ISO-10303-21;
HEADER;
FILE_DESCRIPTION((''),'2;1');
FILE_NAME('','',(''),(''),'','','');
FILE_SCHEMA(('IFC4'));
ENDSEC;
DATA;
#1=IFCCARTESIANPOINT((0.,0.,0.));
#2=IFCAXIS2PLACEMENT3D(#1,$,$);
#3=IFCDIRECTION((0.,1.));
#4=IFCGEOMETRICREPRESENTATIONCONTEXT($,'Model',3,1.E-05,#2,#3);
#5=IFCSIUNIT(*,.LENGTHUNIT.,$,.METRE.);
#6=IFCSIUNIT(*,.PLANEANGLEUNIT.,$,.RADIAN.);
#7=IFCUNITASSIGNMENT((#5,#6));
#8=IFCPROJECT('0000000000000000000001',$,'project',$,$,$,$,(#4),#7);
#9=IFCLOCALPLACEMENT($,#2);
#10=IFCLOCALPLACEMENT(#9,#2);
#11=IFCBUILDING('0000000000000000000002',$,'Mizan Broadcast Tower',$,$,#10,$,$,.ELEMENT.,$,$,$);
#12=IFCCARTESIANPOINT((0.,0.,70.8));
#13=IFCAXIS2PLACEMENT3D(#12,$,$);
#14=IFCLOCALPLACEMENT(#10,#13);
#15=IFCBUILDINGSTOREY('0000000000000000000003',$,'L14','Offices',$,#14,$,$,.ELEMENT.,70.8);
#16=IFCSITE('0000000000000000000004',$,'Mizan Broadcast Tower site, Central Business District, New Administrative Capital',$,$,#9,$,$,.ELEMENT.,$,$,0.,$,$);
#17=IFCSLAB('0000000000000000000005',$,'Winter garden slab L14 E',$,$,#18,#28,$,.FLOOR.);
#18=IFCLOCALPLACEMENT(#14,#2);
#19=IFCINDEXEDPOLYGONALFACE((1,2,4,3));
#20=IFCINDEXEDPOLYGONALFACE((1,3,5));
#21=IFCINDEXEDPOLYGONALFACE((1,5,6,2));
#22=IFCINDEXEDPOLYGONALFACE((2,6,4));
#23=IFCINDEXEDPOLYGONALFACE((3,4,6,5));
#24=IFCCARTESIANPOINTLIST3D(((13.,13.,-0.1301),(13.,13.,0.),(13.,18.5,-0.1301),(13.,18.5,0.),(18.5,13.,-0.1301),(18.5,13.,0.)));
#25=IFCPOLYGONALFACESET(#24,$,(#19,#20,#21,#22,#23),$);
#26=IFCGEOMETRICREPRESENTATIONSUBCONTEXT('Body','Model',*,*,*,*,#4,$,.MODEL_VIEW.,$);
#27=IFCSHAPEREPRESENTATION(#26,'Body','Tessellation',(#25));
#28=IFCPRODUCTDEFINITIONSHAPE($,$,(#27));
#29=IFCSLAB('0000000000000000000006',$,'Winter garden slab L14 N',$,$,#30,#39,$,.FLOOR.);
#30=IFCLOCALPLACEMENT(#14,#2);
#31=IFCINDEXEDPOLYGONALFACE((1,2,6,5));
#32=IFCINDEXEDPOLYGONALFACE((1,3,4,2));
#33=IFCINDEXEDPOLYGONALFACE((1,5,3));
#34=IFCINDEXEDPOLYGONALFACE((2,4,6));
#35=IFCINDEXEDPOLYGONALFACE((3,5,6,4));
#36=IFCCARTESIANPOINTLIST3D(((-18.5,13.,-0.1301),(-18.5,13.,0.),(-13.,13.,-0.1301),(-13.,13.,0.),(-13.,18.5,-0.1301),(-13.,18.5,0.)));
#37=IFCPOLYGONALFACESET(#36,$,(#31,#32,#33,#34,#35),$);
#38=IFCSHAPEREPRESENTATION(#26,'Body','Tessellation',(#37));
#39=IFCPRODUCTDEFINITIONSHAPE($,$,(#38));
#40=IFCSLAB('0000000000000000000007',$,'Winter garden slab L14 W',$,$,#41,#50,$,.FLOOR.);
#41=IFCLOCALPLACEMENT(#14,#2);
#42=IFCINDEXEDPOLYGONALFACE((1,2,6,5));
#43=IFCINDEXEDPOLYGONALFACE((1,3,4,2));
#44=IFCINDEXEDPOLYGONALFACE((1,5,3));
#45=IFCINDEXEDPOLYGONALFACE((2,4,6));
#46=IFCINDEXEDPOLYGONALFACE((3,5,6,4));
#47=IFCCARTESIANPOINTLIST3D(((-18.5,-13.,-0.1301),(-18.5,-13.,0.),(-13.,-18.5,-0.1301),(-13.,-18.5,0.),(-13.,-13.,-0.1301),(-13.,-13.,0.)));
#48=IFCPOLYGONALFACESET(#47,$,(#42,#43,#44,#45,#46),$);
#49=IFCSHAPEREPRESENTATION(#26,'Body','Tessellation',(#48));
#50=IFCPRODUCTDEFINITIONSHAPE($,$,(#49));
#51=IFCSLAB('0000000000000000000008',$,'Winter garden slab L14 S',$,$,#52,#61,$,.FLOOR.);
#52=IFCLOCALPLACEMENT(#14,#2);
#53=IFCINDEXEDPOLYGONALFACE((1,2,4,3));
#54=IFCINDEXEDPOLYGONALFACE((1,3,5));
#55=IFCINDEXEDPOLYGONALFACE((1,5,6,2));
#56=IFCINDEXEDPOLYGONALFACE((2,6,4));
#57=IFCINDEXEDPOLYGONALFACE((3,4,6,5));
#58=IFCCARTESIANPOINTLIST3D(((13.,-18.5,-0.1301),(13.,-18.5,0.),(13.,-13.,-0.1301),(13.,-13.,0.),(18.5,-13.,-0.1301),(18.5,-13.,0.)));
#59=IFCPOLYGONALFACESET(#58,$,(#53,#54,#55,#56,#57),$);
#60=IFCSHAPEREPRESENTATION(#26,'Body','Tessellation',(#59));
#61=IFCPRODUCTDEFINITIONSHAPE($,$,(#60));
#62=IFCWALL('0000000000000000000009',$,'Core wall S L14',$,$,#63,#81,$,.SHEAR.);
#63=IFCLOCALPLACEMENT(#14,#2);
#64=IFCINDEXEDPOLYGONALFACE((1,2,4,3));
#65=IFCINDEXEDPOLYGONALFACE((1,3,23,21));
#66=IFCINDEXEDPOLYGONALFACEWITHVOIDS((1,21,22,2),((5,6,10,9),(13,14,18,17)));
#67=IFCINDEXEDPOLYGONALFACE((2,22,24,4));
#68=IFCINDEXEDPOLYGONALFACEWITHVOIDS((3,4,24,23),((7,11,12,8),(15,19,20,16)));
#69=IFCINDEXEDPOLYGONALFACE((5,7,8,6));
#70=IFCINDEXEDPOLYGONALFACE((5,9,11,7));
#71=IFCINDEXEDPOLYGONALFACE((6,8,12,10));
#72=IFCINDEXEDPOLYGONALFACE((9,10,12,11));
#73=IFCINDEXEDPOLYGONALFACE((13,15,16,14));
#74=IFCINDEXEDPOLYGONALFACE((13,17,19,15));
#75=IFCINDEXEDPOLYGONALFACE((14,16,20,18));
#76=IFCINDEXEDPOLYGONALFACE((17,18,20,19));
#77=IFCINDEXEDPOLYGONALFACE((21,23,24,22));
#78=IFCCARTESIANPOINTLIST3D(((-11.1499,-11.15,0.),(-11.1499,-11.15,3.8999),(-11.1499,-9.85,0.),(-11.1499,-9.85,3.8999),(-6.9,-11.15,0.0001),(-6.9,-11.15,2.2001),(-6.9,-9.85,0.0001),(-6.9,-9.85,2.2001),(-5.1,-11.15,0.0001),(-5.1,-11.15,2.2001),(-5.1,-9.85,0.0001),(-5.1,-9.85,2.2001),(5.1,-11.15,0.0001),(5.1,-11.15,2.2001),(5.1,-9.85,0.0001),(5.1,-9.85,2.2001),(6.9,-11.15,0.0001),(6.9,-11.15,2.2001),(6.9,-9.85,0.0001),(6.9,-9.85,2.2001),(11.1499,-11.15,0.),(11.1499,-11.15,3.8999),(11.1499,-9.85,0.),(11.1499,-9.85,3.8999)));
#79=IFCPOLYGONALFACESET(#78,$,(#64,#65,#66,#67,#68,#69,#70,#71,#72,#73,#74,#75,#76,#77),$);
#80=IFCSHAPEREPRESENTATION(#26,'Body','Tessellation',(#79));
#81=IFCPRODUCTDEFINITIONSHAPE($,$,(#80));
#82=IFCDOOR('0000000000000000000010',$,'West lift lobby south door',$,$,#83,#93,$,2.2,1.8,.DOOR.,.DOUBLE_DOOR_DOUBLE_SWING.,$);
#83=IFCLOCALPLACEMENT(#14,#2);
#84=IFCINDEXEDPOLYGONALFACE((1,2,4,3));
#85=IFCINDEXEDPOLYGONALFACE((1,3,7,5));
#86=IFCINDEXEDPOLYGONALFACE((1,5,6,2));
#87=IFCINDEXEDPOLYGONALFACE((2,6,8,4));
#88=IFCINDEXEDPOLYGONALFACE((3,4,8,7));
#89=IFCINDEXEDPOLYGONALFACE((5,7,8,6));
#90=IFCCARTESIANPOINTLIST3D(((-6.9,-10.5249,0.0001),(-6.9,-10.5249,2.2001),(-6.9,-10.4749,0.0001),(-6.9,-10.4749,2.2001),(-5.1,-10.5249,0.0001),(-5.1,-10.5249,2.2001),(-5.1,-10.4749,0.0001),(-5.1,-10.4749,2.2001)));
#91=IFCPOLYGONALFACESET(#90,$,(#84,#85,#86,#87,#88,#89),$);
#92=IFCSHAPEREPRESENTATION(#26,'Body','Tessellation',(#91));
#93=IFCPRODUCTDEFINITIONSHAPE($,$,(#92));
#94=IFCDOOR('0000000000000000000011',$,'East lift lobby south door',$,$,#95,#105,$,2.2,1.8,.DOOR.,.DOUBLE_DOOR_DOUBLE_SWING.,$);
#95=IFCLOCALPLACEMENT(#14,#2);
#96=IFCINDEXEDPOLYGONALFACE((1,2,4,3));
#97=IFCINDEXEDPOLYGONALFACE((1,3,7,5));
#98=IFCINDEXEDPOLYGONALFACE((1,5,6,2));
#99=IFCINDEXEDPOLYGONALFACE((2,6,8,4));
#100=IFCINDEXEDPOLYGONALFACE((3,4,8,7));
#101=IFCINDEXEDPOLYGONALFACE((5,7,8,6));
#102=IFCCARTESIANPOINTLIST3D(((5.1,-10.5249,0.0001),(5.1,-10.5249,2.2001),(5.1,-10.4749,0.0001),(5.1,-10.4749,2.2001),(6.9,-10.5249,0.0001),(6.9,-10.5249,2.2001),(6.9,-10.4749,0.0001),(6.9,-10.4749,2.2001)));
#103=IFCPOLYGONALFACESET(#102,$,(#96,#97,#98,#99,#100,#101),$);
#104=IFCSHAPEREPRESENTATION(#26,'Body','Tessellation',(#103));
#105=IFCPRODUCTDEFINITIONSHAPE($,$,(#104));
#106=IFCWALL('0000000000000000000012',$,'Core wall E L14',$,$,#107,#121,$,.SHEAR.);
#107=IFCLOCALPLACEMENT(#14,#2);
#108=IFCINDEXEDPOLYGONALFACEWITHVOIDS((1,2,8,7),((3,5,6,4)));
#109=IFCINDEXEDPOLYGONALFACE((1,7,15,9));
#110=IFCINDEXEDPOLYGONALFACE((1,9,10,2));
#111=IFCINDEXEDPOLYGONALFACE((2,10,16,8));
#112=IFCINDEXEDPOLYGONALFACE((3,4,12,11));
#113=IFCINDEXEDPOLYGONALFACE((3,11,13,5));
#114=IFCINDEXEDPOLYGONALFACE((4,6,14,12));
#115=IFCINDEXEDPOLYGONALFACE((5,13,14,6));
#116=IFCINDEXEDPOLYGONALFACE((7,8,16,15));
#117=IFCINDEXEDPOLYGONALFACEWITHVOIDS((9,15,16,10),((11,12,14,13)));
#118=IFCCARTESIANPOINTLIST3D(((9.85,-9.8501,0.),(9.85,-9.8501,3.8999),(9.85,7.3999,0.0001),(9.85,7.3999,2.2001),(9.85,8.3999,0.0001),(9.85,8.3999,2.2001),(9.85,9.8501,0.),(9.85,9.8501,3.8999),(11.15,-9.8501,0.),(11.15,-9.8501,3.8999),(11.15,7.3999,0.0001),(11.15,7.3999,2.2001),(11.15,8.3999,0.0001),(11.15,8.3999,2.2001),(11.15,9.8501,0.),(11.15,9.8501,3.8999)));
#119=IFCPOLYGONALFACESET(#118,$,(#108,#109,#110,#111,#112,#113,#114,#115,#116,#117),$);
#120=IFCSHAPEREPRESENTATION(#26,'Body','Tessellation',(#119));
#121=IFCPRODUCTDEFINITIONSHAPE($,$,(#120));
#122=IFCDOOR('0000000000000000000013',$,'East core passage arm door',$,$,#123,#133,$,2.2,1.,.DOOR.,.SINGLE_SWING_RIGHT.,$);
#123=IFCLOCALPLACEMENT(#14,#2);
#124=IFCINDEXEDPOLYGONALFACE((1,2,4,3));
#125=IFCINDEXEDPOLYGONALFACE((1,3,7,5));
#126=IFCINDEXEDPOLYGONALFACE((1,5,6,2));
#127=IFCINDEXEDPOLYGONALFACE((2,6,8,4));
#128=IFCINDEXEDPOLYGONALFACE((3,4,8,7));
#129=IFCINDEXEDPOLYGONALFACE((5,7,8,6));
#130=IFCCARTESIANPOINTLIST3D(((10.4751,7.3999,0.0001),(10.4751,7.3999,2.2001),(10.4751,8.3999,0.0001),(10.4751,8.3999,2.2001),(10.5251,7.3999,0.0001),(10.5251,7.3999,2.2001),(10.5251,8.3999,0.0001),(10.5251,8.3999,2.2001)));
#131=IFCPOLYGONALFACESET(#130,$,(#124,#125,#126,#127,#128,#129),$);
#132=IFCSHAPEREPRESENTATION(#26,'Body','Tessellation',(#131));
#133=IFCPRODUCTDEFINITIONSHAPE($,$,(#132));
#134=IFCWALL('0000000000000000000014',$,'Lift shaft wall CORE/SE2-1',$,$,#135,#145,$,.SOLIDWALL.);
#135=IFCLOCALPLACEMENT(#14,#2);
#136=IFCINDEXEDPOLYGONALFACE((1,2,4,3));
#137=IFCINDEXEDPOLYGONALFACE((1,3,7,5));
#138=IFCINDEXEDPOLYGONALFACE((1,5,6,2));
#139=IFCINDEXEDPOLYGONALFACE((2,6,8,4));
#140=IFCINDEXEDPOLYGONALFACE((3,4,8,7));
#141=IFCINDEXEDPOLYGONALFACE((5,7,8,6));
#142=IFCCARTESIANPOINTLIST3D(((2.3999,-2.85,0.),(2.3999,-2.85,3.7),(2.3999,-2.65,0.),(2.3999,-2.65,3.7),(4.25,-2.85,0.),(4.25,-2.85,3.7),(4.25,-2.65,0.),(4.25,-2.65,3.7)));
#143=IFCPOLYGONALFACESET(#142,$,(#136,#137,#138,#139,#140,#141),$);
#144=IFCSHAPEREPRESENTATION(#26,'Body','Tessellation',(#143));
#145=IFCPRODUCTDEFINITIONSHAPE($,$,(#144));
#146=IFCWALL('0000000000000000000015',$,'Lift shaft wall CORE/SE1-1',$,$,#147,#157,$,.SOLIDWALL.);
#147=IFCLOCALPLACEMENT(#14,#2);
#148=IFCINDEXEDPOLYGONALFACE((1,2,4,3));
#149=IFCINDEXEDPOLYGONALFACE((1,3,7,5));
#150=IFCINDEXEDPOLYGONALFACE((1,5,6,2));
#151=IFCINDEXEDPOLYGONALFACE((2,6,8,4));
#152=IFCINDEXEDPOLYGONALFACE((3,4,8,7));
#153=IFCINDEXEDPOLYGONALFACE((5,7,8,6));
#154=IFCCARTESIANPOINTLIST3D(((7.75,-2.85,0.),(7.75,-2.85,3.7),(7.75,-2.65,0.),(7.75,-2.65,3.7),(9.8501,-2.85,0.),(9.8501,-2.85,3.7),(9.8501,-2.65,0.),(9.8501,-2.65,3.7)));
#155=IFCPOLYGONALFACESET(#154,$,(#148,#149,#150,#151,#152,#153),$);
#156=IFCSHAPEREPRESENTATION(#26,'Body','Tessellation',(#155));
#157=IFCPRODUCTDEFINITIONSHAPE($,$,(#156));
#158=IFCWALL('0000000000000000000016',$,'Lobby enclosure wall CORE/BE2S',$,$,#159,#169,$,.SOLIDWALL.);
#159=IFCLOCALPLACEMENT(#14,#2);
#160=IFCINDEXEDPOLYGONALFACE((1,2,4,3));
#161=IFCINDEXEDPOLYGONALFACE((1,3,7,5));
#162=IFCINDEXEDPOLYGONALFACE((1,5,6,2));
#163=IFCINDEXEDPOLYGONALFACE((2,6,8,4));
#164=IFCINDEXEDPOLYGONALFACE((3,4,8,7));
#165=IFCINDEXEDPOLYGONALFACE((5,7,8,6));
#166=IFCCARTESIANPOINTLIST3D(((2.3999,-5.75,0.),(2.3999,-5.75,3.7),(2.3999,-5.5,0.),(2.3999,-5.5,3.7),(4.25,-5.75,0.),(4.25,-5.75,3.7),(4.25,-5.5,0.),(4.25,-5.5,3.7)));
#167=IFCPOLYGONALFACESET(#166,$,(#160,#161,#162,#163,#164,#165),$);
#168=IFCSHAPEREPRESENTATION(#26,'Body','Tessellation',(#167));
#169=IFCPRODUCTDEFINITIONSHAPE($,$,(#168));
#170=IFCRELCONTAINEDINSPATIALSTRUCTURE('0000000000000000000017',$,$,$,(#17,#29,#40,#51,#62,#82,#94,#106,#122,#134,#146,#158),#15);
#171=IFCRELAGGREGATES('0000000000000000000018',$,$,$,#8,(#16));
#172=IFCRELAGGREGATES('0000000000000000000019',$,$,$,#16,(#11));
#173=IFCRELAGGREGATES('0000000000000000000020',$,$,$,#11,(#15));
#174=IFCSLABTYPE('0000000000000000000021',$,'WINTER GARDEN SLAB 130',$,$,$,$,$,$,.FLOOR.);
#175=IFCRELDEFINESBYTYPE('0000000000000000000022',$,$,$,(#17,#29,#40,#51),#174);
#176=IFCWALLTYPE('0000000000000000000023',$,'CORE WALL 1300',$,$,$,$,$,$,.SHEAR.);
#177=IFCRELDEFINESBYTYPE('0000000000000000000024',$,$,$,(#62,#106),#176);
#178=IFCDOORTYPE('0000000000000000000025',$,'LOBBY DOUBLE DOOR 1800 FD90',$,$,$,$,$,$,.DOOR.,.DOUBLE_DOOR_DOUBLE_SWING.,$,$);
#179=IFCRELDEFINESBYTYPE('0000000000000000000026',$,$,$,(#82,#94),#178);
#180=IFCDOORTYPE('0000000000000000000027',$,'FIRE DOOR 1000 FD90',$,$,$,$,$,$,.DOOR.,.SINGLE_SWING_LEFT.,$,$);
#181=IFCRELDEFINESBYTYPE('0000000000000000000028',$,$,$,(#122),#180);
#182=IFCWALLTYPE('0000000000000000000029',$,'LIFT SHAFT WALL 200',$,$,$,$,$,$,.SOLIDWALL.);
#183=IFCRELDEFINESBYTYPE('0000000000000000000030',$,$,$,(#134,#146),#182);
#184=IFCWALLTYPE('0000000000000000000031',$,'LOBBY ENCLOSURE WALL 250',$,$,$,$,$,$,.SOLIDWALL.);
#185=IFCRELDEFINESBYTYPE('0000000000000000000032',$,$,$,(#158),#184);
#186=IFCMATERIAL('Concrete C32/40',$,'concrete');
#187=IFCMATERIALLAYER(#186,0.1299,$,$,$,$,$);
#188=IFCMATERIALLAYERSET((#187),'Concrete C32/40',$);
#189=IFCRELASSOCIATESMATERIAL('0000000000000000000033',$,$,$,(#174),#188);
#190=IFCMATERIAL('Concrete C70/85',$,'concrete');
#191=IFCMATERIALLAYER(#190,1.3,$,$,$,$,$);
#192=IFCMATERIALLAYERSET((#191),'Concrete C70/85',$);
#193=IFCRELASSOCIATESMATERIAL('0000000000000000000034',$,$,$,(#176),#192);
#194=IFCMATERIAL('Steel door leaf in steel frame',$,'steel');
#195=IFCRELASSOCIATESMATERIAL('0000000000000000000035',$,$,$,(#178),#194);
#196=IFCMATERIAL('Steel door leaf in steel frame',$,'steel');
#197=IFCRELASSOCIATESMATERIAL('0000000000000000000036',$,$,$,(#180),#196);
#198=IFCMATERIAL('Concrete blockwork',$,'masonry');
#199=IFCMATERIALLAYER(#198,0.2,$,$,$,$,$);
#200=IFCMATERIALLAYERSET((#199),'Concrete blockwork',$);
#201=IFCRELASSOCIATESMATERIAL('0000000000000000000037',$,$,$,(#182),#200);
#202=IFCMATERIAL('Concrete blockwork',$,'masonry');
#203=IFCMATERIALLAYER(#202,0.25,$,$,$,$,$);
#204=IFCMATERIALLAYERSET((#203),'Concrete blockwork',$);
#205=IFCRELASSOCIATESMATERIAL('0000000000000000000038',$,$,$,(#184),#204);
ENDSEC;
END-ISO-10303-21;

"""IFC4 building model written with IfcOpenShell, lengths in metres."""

from ifc_helpers import new_model, si_unit, direction, frame, frame_2d, origin, place, context, subcontext, project, spatial, polyline, rectangle, outline, extrude, material, layer, layer_set, type_object, element, fill, save


model = new_model("IFC4")

# Units and contexts
model_context = context("Model", 3, precision=1e-05, world=origin(), true_north=direction((0.0, 1.0)))
body_context = subcontext(model_context, "Body", "Model", "MODEL_VIEW")
ifc_project = project(units=[si_unit("LENGTHUNIT", "METRE"), si_unit("PLANEANGLEUNIT", "RADIAN")], contexts=[model_context])

# Site, building, storey
site_placement = place(None, origin())
site = spatial("IfcSite", under=ifc_project, at=site_placement, Name="Mizan Broadcast Tower site, Central Business District, New Administrative Capital", CompositionType="ELEMENT", RefElevation=0.0)
building_placement = place(site_placement, origin())
building = spatial("IfcBuilding", under=site, at=building_placement, Name="Mizan Broadcast Tower", CompositionType="ELEMENT")
storey_placement = place(building_placement, frame((0.0, 0.0, 70.8)))
storey = spatial("IfcBuildingStorey", under=building, at=storey_placement, Name="L14", Description="Offices", CompositionType="ELEMENT", Elevation=70.8)

# Slabs
ifc_material_1 = material(Name="Concrete C32/40", Category="concrete")
ifc_layer_1 = layer(ifc_material_1, 0.1299)
ifc_layer_set_1 = layer_set([ifc_layer_1], Name="Concrete C32/40")
slab_type_1 = type_object("IfcSlabType", Name="WINTER GARDEN SLAB 130", PredefinedType="FLOOR", material=ifc_layer_set_1)
slab_1_placement = place(storey_placement, frame((0.0, 0.0, -0.1301)))
element("IfcSlab", 1, at=slab_1_placement, inside=storey, type_object=slab_type_1, Name="Winter garden slab L14 E", PredefinedType="FLOOR", context=body_context, shape_type="SweptSolid", body=[
    extrude(outline(polyline([(13.0, 13.0), (18.5, 13.0), (13.0, 18.5), (13.0, 13.0)])), origin(), (0.0, 0.0, 1.0), 0.1301),
])
slab_2_placement = place(storey_placement, frame((0.0, 0.0, -0.1301)))
element("IfcSlab", 2, at=slab_2_placement, inside=storey, type_object=slab_type_1, Name="Winter garden slab L14 N", PredefinedType="FLOOR", context=body_context, shape_type="SweptSolid", body=[
    extrude(outline(polyline([(-13.0, 13.0), (-13.0, 18.5), (-18.5, 13.0), (-13.0, 13.0)])), origin(), (0.0, 0.0, 1.0), 0.1301),
])
slab_3_placement = place(storey_placement, frame((0.0, 0.0, -0.1301)))
element("IfcSlab", 3, at=slab_3_placement, inside=storey, type_object=slab_type_1, Name="Winter garden slab L14 W", PredefinedType="FLOOR", context=body_context, shape_type="SweptSolid", body=[
    extrude(outline(polyline([(-13.0, -13.0), (-18.5, -13.0), (-13.0, -18.5), (-13.0, -13.0)])), origin(), (0.0, 0.0, 1.0), 0.1301),
])
slab_4_placement = place(storey_placement, frame((0.0, 0.0, -0.1301)))
element("IfcSlab", 4, at=slab_4_placement, inside=storey, type_object=slab_type_1, Name="Winter garden slab L14 S", PredefinedType="FLOOR", context=body_context, shape_type="SweptSolid", body=[
    extrude(outline(polyline([(13.0, -13.0), (13.0, -18.5), (18.5, -13.0), (13.0, -13.0)])), origin(), (0.0, 0.0, 1.0), 0.1301),
])

# Wall, openings, doors
ifc_material_2 = material(Name="Concrete C70/85", Category="concrete")
ifc_layer_2 = layer(ifc_material_2, 1.3)
ifc_layer_set_2 = layer_set([ifc_layer_2], Name="Concrete C70/85")
wall_type_1 = type_object("IfcWallType", Name="CORE WALL 1300", PredefinedType="SHEAR", material=ifc_layer_set_2)
wall_1_placement = place(storey_placement, frame((11.1499, -10.5, 0.0), z_axis=(0.0, 0.0, 1.0), x_axis=(-1.0, 0.0, 0.0)))
wall_1 = element("IfcWall", 5, at=wall_1_placement, inside=storey, type_object=wall_type_1, Name="Core wall S L14", PredefinedType="SHEAR", context=body_context, shape_type="SweptSolid", body=[
    extrude(rectangle(XDim=22.2998, YDim=1.3, at=frame_2d((11.1499, 0.0))), origin(), (0.0, 0.0, 1.0), 3.8999),
])
opening_1_placement = place(wall_1_placement, frame((16.25, 0.0, 0.0)))
opening_1 = element("IfcOpeningElement", 6, at=opening_1_placement, cuts=wall_1, PredefinedType="OPENING", context=body_context, shape_type="SweptSolid", body=[
    extrude(rectangle(XDim=1.8, YDim=2.2, at=frame_2d((0.8999, 1.1001))), frame((0.0, 0.6599, 0.0), z_axis=(0.0, -1.0, 0.0), x_axis=(1.0, 0.0, 0.0)), (0.0, 0.0, 1.0), 1.3201),
])
opening_2_placement = place(wall_1_placement, frame((4.25, 0.0, 0.0)))
opening_2 = element("IfcOpeningElement", 7, at=opening_2_placement, cuts=wall_1, PredefinedType="OPENING", context=body_context, shape_type="SweptSolid", body=[
    extrude(rectangle(XDim=1.8, YDim=2.2, at=frame_2d((0.8999, 1.1001))), frame((0.0, 0.6599, 0.0), z_axis=(0.0, -1.0, 0.0), x_axis=(1.0, 0.0, 0.0)), (0.0, 0.0, 1.0), 1.3201),
])
ifc_material_3 = material(Name="Steel door leaf in steel frame", Category="steel")
door_type_1 = type_object("IfcDoorType", Name="LOBBY DOUBLE DOOR 1800 FD90", OperationType="DOUBLE_DOOR_DOUBLE_SWING", PredefinedType="DOOR", material=ifc_material_3)
door_1_placement = place(opening_1_placement, origin())
door_1 = element("IfcDoor", 8, at=door_1_placement, inside=storey, type_object=door_type_1, Name="West lift lobby south door", OperationType="DOUBLE_DOOR_DOUBLE_SWING", OverallHeight=2.2, OverallWidth=1.8, PredefinedType="DOOR", context=body_context, shape_type="SweptSolid", body=[
    extrude(rectangle(XDim=1.8, YDim=2.2, at=frame_2d((0.8999, 1.1001))), frame((0.0, 0.0249, 0.0), z_axis=(0.0, -1.0, 0.0), x_axis=(1.0, 0.0, 0.0)), (0.0, 0.0, 1.0), 0.05),
])
fill(opening_1, door_1)
door_2_placement = place(opening_2_placement, origin())
door_2 = element("IfcDoor", 9, at=door_2_placement, inside=storey, type_object=door_type_1, Name="East lift lobby south door", OperationType="DOUBLE_DOOR_DOUBLE_SWING", OverallHeight=2.2, OverallWidth=1.8, PredefinedType="DOOR", context=body_context, shape_type="SweptSolid", body=[
    extrude(rectangle(XDim=1.8, YDim=2.2, at=frame_2d((0.8999, 1.1001))), frame((0.0, 0.0249, 0.0), z_axis=(0.0, -1.0, 0.0), x_axis=(1.0, 0.0, 0.0)), (0.0, 0.0, 1.0), 0.05),
])
fill(opening_2, door_2)

# Wall, opening, door
wall_2_placement = place(storey_placement, frame((10.5, -9.8501, 0.0), z_axis=(0.0, 0.0, 1.0), x_axis=(0.0, 1.0, 0.0)))
wall_2 = element("IfcWall", 10, at=wall_2_placement, inside=storey, type_object=wall_type_1, Name="Core wall E L14", PredefinedType="SHEAR", context=body_context, shape_type="SweptSolid", body=[
    extrude(rectangle(XDim=19.7002, YDim=1.3, at=frame_2d((9.8501, 0.0))), origin(), (0.0, 0.0, 1.0), 3.8999),
])
opening_3_placement = place(wall_2_placement, frame((17.25, 0.0, 0.0)))
opening_3 = element("IfcOpeningElement", 11, at=opening_3_placement, cuts=wall_2, PredefinedType="OPENING", context=body_context, shape_type="SweptSolid", body=[
    extrude(rectangle(XDim=1.0, YDim=2.2, at=frame_2d((0.5, 1.1001))), frame((0.0, 0.6599, 0.0), z_axis=(0.0, -1.0, 0.0), x_axis=(1.0, 0.0, 0.0)), (0.0, 0.0, 1.0), 1.3201),
])
ifc_material_4 = material(Name="Steel door leaf in steel frame", Category="steel")
door_type_2 = type_object("IfcDoorType", Name="FIRE DOOR 1000 FD90", OperationType="SINGLE_SWING_LEFT", PredefinedType="DOOR", material=ifc_material_4)
door_3_placement = place(opening_3_placement, origin())
door_3 = element("IfcDoor", 12, at=door_3_placement, inside=storey, type_object=door_type_2, Name="East core passage arm door", OperationType="SINGLE_SWING_RIGHT", OverallHeight=2.2, OverallWidth=1.0, PredefinedType="DOOR", context=body_context, shape_type="SweptSolid", body=[
    extrude(rectangle(XDim=1.0, YDim=2.2, at=frame_2d((0.5, 1.1001))), frame((0.0, 0.0249, 0.0), z_axis=(0.0, -1.0, 0.0), x_axis=(1.0, 0.0, 0.0)), (0.0, 0.0, 1.0), 0.05),
])
fill(opening_3, door_3)

# Walls
ifc_material_5 = material(Name="Concrete blockwork", Category="masonry")
ifc_layer_3 = layer(ifc_material_5, 0.2)
ifc_layer_set_3 = layer_set([ifc_layer_3], Name="Concrete blockwork")
wall_type_2 = type_object("IfcWallType", Name="LIFT SHAFT WALL 200", PredefinedType="SOLIDWALL", material=ifc_layer_set_3)
wall_3_placement = place(storey_placement, frame((2.3999, -2.75, 0.0), z_axis=(0.0, 0.0, 1.0), x_axis=(1.0, 0.0, 0.0)))
element("IfcWall", 13, at=wall_3_placement, inside=storey, type_object=wall_type_2, Name="Lift shaft wall CORE/SE2-1", PredefinedType="SOLIDWALL", context=body_context, shape_type="SweptSolid", body=[
    extrude(rectangle(XDim=1.8501, YDim=0.2, at=frame_2d((0.925, 0.0))), origin(), (0.0, 0.0, 1.0), 3.7),
])
wall_4_placement = place(storey_placement, frame((7.75, -2.75, 0.0), z_axis=(0.0, 0.0, 1.0), x_axis=(1.0, 0.0, 0.0)))
element("IfcWall", 14, at=wall_4_placement, inside=storey, type_object=wall_type_2, Name="Lift shaft wall CORE/SE1-1", PredefinedType="SOLIDWALL", context=body_context, shape_type="SweptSolid", body=[
    extrude(rectangle(XDim=2.1001, YDim=0.2, at=frame_2d((1.05, 0.0))), origin(), (0.0, 0.0, 1.0), 3.7),
])
ifc_material_6 = material(Name="Concrete blockwork", Category="masonry")
ifc_layer_4 = layer(ifc_material_6, 0.25)
ifc_layer_set_4 = layer_set([ifc_layer_4], Name="Concrete blockwork")
wall_type_3 = type_object("IfcWallType", Name="LOBBY ENCLOSURE WALL 250", PredefinedType="SOLIDWALL", material=ifc_layer_set_4)
wall_5_placement = place(storey_placement, frame((2.3999, -5.625, 0.0), z_axis=(0.0, 0.0, 1.0), x_axis=(1.0, 0.0, 0.0)))
element("IfcWall", 15, at=wall_5_placement, inside=storey, type_object=wall_type_3, Name="Lobby enclosure wall CORE/BE2S", PredefinedType="SOLIDWALL", context=body_context, shape_type="SweptSolid", body=[
    extrude(rectangle(XDim=1.8501, YDim=0.25, at=frame_2d((0.925, 0.0))), origin(), (0.0, 0.0, 1.0), 3.7),
])

save(model, "model.ifc")
